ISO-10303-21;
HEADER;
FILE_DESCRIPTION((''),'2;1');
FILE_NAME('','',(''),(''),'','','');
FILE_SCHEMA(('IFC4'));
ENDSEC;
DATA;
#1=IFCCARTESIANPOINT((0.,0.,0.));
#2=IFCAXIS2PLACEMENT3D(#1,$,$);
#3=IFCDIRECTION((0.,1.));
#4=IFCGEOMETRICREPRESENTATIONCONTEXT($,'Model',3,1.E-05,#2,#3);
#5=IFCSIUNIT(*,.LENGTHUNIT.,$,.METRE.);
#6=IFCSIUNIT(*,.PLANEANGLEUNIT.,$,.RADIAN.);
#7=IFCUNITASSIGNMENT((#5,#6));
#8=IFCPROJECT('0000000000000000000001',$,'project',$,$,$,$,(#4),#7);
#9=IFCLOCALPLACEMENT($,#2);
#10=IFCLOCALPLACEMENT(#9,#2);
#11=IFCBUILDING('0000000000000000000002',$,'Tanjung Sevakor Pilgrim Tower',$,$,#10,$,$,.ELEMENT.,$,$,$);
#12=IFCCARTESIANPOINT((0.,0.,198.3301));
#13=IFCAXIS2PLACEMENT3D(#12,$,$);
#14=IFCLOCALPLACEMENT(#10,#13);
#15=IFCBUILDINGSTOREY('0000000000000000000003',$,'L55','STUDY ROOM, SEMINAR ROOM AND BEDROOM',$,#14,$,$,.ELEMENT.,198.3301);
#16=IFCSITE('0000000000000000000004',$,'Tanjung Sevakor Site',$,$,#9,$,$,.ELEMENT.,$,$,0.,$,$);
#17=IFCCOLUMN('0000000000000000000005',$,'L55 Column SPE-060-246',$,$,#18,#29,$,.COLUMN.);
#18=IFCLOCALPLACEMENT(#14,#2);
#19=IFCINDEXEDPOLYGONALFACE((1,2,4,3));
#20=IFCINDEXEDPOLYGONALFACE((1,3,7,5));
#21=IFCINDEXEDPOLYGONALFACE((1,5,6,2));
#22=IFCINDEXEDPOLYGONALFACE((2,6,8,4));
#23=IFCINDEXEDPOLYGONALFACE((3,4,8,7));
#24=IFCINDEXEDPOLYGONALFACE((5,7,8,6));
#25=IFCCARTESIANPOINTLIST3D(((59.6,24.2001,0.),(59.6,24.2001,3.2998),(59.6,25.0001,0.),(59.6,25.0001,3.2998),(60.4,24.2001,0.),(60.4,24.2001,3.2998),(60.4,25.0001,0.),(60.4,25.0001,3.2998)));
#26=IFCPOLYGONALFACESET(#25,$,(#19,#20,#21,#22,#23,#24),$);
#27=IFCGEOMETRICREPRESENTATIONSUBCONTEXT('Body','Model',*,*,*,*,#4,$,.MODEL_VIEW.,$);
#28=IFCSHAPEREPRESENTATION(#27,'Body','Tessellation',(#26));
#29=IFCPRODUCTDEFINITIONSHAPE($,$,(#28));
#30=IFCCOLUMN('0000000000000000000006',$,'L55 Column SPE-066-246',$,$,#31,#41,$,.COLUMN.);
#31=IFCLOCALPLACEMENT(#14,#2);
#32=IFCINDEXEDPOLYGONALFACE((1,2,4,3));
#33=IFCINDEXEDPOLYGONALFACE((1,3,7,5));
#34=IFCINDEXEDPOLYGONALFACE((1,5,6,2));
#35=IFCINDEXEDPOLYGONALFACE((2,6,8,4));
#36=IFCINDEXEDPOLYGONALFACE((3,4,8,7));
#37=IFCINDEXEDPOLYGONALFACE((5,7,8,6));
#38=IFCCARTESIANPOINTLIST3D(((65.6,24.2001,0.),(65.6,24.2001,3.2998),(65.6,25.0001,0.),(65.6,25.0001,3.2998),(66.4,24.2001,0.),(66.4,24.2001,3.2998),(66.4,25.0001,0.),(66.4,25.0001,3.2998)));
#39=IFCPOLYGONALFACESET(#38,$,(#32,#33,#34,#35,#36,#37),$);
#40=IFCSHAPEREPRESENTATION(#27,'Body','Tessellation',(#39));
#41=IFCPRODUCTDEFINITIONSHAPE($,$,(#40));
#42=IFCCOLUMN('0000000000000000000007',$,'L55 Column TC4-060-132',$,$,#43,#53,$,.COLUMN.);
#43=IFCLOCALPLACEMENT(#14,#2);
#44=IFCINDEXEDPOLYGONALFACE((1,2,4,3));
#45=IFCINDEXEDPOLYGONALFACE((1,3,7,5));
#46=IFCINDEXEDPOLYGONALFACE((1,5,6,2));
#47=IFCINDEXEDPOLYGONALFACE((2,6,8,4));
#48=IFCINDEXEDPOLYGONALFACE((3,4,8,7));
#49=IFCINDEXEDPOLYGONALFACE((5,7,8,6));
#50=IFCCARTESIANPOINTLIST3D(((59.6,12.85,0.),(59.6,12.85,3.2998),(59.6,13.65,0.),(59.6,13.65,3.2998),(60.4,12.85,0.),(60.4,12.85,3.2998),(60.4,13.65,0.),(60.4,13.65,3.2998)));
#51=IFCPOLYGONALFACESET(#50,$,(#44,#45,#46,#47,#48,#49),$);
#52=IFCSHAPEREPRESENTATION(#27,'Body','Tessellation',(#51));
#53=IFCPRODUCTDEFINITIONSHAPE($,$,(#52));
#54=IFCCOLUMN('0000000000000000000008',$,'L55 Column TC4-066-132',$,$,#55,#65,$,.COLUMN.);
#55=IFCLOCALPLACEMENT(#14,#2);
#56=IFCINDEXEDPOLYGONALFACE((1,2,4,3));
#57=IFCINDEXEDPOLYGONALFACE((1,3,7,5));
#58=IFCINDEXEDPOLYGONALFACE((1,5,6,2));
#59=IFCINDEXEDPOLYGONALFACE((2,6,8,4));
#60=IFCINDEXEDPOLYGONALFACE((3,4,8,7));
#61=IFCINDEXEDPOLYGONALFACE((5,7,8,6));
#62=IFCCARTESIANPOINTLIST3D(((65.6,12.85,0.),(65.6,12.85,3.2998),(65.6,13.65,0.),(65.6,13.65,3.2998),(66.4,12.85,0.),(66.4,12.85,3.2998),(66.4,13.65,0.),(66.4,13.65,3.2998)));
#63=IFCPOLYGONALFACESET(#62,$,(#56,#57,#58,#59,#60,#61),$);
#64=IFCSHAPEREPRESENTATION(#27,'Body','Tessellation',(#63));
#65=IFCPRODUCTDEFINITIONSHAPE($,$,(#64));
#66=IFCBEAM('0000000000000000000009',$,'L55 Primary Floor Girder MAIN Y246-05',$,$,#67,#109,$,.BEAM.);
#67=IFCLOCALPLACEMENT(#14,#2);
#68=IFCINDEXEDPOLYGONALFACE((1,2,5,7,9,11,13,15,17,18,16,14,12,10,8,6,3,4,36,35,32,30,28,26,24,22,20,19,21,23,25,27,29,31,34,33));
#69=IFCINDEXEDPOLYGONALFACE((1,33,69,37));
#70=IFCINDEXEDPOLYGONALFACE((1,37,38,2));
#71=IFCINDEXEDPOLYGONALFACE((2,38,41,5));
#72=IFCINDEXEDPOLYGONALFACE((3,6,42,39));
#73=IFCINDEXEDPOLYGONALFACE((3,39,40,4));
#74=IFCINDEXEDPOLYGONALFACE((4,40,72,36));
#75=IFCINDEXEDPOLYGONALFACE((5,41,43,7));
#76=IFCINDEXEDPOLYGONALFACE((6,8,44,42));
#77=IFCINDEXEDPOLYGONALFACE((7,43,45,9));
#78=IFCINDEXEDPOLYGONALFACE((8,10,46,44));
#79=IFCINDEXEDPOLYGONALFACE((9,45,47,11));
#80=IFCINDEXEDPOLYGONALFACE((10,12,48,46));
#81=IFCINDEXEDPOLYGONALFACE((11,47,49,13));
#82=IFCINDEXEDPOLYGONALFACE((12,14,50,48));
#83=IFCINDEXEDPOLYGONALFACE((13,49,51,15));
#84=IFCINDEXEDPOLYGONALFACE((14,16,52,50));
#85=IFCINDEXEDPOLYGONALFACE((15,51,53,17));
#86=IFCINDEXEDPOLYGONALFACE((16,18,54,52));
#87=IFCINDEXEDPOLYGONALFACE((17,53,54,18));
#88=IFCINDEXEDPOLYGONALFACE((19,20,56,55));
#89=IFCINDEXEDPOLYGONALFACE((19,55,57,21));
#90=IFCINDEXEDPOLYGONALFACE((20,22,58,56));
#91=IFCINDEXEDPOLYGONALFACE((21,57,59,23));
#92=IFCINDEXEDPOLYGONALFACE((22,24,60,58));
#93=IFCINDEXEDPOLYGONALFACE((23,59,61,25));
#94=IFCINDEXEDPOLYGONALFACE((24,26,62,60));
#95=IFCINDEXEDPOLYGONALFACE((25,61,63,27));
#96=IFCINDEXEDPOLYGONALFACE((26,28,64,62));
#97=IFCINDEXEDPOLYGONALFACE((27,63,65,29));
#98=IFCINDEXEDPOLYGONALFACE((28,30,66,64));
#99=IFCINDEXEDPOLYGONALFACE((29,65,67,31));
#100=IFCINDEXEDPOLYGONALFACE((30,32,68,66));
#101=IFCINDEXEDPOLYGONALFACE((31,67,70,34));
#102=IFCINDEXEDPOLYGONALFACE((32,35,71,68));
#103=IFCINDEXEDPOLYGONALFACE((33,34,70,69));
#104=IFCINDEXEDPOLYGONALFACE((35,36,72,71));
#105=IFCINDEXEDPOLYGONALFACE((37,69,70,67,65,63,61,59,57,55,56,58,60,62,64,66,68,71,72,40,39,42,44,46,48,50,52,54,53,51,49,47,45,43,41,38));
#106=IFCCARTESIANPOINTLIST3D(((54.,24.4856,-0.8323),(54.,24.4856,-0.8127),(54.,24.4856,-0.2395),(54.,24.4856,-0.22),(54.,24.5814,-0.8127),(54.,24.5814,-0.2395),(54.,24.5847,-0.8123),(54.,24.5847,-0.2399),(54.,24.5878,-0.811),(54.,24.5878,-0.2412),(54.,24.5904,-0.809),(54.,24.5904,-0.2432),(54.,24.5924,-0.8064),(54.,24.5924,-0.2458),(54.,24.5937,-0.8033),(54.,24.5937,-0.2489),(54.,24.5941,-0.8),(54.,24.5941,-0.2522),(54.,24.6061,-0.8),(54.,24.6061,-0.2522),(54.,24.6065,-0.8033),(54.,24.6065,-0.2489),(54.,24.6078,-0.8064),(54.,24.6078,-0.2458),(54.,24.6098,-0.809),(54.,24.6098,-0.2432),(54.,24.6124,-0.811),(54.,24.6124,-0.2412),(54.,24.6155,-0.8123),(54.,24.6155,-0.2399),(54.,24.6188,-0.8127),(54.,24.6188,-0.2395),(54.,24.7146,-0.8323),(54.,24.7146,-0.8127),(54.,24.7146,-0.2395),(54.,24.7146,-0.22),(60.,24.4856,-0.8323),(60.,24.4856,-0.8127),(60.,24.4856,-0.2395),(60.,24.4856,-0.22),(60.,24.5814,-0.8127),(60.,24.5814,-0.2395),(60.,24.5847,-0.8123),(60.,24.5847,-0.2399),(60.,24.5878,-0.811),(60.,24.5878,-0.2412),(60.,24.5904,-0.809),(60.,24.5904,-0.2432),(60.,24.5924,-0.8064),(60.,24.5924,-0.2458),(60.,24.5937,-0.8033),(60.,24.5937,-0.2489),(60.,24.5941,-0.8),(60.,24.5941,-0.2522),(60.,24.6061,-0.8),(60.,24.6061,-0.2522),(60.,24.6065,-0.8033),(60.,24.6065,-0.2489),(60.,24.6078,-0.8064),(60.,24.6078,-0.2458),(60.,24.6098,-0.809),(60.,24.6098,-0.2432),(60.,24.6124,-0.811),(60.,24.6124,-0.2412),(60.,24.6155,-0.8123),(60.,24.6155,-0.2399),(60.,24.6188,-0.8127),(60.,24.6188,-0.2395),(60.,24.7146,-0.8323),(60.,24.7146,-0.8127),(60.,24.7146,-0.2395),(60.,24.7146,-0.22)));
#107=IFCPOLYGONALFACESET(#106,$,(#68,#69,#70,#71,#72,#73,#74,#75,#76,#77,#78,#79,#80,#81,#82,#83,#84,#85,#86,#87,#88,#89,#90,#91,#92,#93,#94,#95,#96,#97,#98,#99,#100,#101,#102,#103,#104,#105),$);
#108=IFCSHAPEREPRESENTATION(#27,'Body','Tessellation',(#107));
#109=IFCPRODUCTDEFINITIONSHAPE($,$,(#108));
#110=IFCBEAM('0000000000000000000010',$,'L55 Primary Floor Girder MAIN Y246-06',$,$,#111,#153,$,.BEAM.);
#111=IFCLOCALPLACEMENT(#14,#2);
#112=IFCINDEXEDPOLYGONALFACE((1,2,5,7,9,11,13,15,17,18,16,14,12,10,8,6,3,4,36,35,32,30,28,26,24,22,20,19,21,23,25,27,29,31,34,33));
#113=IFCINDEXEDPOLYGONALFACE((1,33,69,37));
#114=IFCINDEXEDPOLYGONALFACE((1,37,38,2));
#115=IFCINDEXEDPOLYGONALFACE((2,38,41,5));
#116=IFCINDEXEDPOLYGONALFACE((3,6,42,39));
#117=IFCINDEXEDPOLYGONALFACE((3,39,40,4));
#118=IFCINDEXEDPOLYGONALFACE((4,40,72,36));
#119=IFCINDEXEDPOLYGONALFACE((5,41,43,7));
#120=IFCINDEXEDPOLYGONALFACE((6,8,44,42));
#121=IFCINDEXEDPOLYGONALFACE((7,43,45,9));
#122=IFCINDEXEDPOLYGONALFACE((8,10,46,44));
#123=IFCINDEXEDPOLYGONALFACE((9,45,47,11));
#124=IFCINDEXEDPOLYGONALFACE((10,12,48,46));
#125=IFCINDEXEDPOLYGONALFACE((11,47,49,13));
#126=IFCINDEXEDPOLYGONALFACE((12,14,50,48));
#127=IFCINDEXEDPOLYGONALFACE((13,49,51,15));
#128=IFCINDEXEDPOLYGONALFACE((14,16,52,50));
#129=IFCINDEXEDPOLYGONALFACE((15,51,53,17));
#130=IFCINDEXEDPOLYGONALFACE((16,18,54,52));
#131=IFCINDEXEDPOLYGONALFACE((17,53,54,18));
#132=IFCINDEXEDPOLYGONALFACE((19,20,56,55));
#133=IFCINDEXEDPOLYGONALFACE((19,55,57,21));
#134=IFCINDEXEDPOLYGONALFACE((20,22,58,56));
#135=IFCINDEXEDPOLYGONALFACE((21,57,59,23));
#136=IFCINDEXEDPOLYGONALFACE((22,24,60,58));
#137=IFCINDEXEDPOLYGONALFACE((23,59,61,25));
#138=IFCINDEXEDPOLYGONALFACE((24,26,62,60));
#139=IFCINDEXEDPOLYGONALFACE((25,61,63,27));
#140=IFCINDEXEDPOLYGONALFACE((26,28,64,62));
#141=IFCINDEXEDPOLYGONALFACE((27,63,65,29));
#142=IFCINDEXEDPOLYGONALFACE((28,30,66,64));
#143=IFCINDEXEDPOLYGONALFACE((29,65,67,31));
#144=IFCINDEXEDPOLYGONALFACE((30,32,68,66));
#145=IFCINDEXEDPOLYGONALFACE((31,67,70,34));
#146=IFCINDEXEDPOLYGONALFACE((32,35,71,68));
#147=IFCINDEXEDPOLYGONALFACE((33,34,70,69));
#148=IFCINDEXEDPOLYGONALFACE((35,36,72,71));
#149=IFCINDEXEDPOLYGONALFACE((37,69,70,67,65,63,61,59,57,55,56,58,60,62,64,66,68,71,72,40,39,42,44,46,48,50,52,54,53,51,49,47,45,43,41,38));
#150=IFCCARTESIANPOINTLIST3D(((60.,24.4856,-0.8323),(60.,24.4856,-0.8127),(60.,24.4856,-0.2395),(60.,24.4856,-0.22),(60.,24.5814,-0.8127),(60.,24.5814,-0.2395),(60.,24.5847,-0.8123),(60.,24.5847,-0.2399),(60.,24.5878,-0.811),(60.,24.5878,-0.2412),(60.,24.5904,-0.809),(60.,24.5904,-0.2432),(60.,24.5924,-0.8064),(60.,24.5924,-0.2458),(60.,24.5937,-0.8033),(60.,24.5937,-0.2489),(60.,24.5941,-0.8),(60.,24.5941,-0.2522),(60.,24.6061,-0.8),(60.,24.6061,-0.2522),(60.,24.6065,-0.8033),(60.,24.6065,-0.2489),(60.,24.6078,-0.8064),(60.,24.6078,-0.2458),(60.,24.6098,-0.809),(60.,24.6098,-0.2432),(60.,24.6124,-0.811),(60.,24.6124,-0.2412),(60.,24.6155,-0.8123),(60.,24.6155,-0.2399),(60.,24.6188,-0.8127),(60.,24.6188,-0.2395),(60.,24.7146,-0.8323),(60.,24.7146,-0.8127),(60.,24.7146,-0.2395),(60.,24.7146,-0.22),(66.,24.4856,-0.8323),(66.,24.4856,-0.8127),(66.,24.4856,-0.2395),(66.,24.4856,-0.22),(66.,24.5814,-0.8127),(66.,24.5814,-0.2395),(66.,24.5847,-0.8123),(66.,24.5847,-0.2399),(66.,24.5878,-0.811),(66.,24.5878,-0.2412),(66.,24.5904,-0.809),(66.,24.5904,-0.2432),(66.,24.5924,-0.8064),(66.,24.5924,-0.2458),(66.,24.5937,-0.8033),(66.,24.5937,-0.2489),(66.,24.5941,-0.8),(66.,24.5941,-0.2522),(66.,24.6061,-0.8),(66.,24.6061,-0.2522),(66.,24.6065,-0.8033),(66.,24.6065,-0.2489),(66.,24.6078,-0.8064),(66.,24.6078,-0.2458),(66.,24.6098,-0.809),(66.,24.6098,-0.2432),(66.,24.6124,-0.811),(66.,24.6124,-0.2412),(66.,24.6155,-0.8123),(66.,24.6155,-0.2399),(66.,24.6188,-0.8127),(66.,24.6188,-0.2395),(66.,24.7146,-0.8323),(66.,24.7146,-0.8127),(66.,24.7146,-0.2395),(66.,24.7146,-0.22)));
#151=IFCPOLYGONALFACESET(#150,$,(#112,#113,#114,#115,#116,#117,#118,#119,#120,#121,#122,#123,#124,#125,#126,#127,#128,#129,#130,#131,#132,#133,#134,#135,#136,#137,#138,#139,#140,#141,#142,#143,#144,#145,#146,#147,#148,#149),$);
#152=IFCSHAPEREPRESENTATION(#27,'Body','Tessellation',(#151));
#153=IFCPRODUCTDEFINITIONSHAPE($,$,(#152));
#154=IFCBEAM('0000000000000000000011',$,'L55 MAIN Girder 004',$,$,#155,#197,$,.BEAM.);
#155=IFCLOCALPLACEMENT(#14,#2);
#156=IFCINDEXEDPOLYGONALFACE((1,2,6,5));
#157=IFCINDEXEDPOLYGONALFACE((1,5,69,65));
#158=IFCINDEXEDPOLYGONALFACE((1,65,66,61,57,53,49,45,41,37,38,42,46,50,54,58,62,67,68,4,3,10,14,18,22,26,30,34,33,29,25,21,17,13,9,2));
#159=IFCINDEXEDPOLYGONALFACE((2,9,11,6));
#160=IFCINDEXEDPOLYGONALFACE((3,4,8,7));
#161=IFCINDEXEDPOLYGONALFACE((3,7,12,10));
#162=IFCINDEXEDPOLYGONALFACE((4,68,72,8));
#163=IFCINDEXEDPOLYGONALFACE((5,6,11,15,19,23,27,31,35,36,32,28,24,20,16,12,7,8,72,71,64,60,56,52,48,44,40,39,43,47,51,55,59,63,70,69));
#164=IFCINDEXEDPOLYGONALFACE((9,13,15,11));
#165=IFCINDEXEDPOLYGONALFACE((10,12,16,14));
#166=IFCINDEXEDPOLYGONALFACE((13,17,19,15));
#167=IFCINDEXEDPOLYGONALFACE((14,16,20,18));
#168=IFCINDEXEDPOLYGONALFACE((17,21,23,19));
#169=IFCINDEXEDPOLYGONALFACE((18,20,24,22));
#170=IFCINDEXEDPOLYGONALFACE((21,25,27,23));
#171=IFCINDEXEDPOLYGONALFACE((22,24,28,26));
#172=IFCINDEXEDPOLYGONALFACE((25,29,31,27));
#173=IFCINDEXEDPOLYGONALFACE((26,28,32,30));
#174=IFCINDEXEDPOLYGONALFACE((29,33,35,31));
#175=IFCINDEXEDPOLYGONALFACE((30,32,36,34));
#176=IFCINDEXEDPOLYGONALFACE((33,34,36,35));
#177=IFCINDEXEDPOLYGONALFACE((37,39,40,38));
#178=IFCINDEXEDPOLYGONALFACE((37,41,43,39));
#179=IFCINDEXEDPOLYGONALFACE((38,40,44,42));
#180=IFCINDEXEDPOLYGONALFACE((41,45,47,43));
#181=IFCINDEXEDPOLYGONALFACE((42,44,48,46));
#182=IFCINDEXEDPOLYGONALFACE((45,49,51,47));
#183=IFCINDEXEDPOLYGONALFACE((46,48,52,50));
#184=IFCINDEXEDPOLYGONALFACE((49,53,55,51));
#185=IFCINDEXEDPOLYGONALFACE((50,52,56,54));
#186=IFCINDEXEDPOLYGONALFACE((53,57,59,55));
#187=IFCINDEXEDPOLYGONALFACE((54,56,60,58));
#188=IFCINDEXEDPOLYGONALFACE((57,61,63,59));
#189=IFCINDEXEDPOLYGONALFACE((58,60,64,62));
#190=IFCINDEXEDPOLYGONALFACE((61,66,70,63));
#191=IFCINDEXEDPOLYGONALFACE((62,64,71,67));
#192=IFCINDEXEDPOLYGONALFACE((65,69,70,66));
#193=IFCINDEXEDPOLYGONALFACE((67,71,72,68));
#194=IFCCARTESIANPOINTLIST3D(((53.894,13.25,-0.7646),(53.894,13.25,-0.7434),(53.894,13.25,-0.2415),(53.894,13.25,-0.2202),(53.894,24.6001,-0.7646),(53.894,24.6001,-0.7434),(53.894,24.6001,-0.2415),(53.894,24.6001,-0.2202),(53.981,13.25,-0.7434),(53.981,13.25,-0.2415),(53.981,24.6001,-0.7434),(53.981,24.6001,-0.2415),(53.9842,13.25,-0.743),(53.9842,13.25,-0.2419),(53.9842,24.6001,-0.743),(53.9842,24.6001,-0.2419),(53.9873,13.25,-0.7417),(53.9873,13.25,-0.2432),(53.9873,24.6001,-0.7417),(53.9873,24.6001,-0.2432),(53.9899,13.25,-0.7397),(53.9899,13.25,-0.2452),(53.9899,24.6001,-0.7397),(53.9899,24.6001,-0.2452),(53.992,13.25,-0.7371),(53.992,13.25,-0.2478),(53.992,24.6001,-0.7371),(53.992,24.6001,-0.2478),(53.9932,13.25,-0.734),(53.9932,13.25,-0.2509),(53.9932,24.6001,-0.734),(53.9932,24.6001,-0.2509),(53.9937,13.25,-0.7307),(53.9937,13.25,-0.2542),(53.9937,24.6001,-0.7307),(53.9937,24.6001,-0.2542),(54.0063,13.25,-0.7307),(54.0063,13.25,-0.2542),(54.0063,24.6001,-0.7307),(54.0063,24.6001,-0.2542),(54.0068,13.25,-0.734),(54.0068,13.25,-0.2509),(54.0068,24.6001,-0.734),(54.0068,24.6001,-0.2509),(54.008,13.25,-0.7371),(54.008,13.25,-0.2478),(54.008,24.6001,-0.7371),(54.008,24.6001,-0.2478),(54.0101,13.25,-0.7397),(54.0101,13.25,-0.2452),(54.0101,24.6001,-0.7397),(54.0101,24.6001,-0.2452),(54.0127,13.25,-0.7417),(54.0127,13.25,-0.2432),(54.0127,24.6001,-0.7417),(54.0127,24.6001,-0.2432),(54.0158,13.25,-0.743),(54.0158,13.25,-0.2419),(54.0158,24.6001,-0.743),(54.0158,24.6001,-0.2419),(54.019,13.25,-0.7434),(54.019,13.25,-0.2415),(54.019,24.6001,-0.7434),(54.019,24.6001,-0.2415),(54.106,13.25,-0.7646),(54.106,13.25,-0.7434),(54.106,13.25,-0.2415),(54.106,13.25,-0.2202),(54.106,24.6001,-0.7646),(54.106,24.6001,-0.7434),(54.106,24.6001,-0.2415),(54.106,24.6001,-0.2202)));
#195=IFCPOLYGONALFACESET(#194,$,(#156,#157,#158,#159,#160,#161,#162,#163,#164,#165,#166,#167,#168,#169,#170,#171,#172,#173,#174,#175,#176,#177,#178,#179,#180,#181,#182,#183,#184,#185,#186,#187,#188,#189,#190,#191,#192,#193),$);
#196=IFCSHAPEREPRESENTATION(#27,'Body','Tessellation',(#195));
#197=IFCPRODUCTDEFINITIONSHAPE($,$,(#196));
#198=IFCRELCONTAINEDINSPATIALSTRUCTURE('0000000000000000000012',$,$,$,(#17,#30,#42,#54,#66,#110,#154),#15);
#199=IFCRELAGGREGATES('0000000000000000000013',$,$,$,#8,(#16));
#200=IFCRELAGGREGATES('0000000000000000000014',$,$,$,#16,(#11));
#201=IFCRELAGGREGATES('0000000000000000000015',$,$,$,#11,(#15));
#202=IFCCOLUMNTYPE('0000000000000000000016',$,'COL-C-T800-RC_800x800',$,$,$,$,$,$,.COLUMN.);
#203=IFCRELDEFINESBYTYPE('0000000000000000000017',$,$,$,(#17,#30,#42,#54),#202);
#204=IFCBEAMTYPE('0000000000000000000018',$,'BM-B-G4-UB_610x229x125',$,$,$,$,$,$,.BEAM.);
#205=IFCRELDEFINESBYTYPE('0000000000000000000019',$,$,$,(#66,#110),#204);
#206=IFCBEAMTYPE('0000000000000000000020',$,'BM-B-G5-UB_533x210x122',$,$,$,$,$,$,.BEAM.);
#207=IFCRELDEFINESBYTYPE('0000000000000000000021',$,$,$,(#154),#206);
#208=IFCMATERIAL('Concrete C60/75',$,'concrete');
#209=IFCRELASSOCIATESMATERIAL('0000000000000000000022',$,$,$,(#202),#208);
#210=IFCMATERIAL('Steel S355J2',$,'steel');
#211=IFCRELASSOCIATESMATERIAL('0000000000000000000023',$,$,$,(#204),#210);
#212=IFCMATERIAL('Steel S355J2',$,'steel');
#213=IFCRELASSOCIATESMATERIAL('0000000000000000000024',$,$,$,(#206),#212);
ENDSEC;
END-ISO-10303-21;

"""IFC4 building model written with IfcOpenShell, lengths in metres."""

from ifc_helpers import new_model, si_unit, direction, frame, origin, origin_2d, place, context, subcontext, project, spatial, rectangle, i_section, extrude, material, material_profile, profile_set, type_object, element, save


model = new_model("IFC4")

# Units and contexts
model_context = context("Model", 3, precision=1e-05, world=origin(), true_north=direction((0.0, 1.0)))
body_context = subcontext(model_context, "Body", "Model", "MODEL_VIEW")
ifc_project = project(units=[si_unit("LENGTHUNIT", "METRE"), si_unit("PLANEANGLEUNIT", "RADIAN")], contexts=[model_context])

# Site, building, storey
site_placement = place(None, origin())
site = spatial("IfcSite", under=ifc_project, at=site_placement, Name="Tanjung Sevakor Site", CompositionType="ELEMENT", RefElevation=0.0)
building_placement = place(site_placement, origin())
building = spatial("IfcBuilding", under=site, at=building_placement, Name="Tanjung Sevakor Pilgrim Tower", CompositionType="ELEMENT")
storey_placement = place(building_placement, frame((0.0, 0.0, 198.3301)))
storey = spatial("IfcBuildingStorey", under=building, at=storey_placement, Name="L55", Description="STUDY ROOM, SEMINAR ROOM AND BEDROOM", CompositionType="ELEMENT", Elevation=198.3301)

# Columns
ifc_material_1 = material(Name="Concrete C60/75", Category="concrete")
ifc_material_profile_1 = material_profile(ifc_material_1, rectangle(XDim=0.8, YDim=0.8, at=origin_2d()))
ifc_profile_set_1 = profile_set([ifc_material_profile_1], Name="Concrete C60/75")
column_type = type_object("IfcColumnType", Name="COL-C-T800-RC_800x800", PredefinedType="COLUMN", material=ifc_profile_set_1)
for number, where, z_axis, x_axis, name in (
    (1, (60.0, 24.6001, 0.0), (0.0, 0.0, 1.0), (1.0, 0.0, 0.0), "L55 Column SPE-060-246"),
    (2, (66.0, 24.6001, 0.0), (0.0, 0.0, 1.0), (1.0, 0.0, 0.0), "L55 Column SPE-066-246"),
    (3, (60.0, 13.25, 0.0), (0.0, 0.0, 1.0), (1.0, 0.0, 0.0), "L55 Column TC4-060-132"),
    (4, (66.0, 13.25, 0.0), (0.0, 0.0, 1.0), (1.0, 0.0, 0.0), "L55 Column TC4-066-132"),
):
    element("IfcColumn", number, at=place(storey_placement, frame(where, z_axis=z_axis, x_axis=x_axis)), inside=storey, type_object=column_type, Name=name, PredefinedType="COLUMN", context=body_context, shape_type="SweptSolid", body=[
        extrude(rectangle(XDim=0.8, YDim=0.8, at=origin_2d()), origin(), (0.0, 0.0, 1.0), 3.2998),
    ])

# Beams
ifc_material_2 = material(Name="Steel S355J2", Category="steel")
ifc_material_profile_2 = material_profile(ifc_material_2, i_section(OverallWidth=0.229, OverallDepth=0.6123, WebThickness=0.012, FlangeThickness=0.0195, FilletRadius=0.0127, at=origin_2d()))
ifc_profile_set_2 = profile_set([ifc_material_profile_2], Name="Steel S355J2")
beam_type_1 = type_object("IfcBeamType", Name="BM-B-G4-UB_610x229x125", PredefinedType="BEAM", material=ifc_profile_set_2)
for number, where, z_axis, x_axis, name in (
    (5, (54.0, 24.6001, -0.5261), (1.0, 0.0, 0.0), (0.0, 1.0, 0.0), "L55 Primary Floor Girder MAIN Y246-05"),
    (6, (60.0, 24.6001, -0.5261), (1.0, 0.0, 0.0), (0.0, 1.0, 0.0), "L55 Primary Floor Girder MAIN Y246-06"),
):
    element("IfcBeam", number, at=place(storey_placement, frame(where, z_axis=z_axis, x_axis=x_axis)), inside=storey, type_object=beam_type_1, Name=name, PredefinedType="BEAM", context=body_context, shape_type="SweptSolid", body=[
        extrude(i_section(OverallWidth=0.229, OverallDepth=0.6123, WebThickness=0.012, FlangeThickness=0.0195, FilletRadius=0.0127, at=origin_2d()), origin(), (0.0, 0.0, 1.0), 6.0),
    ])
ifc_material_3 = material(Name="Steel S355J2", Category="steel")
ifc_material_profile_3 = material_profile(ifc_material_3, i_section(OverallWidth=0.2119, OverallDepth=0.5444, WebThickness=0.0127, FlangeThickness=0.0212, FilletRadius=0.0127, at=origin_2d()))
ifc_profile_set_3 = profile_set([ifc_material_profile_3], Name="Steel S355J2")
beam_type_2 = type_object("IfcBeamType", Name="BM-B-G5-UB_533x210x122", PredefinedType="BEAM", material=ifc_profile_set_3)
for number, where, z_axis, x_axis, name in (
    (7, (54.0, 13.25, -0.4924), (0.0, 1.0, 0.0), (-1.0, 0.0, 0.0), "L55 MAIN Girder 004"),
):
    element("IfcBeam", number, at=place(storey_placement, frame(where, z_axis=z_axis, x_axis=x_axis)), inside=storey, type_object=beam_type_2, Name=name, PredefinedType="BEAM", context=body_context, shape_type="SweptSolid", body=[
        extrude(i_section(OverallWidth=0.2119, OverallDepth=0.5444, WebThickness=0.0127, FlangeThickness=0.0212, FilletRadius=0.0127, at=origin_2d()), origin(), (0.0, 0.0, 1.0), 11.3501),
    ])

save(model, "model.ifc")
